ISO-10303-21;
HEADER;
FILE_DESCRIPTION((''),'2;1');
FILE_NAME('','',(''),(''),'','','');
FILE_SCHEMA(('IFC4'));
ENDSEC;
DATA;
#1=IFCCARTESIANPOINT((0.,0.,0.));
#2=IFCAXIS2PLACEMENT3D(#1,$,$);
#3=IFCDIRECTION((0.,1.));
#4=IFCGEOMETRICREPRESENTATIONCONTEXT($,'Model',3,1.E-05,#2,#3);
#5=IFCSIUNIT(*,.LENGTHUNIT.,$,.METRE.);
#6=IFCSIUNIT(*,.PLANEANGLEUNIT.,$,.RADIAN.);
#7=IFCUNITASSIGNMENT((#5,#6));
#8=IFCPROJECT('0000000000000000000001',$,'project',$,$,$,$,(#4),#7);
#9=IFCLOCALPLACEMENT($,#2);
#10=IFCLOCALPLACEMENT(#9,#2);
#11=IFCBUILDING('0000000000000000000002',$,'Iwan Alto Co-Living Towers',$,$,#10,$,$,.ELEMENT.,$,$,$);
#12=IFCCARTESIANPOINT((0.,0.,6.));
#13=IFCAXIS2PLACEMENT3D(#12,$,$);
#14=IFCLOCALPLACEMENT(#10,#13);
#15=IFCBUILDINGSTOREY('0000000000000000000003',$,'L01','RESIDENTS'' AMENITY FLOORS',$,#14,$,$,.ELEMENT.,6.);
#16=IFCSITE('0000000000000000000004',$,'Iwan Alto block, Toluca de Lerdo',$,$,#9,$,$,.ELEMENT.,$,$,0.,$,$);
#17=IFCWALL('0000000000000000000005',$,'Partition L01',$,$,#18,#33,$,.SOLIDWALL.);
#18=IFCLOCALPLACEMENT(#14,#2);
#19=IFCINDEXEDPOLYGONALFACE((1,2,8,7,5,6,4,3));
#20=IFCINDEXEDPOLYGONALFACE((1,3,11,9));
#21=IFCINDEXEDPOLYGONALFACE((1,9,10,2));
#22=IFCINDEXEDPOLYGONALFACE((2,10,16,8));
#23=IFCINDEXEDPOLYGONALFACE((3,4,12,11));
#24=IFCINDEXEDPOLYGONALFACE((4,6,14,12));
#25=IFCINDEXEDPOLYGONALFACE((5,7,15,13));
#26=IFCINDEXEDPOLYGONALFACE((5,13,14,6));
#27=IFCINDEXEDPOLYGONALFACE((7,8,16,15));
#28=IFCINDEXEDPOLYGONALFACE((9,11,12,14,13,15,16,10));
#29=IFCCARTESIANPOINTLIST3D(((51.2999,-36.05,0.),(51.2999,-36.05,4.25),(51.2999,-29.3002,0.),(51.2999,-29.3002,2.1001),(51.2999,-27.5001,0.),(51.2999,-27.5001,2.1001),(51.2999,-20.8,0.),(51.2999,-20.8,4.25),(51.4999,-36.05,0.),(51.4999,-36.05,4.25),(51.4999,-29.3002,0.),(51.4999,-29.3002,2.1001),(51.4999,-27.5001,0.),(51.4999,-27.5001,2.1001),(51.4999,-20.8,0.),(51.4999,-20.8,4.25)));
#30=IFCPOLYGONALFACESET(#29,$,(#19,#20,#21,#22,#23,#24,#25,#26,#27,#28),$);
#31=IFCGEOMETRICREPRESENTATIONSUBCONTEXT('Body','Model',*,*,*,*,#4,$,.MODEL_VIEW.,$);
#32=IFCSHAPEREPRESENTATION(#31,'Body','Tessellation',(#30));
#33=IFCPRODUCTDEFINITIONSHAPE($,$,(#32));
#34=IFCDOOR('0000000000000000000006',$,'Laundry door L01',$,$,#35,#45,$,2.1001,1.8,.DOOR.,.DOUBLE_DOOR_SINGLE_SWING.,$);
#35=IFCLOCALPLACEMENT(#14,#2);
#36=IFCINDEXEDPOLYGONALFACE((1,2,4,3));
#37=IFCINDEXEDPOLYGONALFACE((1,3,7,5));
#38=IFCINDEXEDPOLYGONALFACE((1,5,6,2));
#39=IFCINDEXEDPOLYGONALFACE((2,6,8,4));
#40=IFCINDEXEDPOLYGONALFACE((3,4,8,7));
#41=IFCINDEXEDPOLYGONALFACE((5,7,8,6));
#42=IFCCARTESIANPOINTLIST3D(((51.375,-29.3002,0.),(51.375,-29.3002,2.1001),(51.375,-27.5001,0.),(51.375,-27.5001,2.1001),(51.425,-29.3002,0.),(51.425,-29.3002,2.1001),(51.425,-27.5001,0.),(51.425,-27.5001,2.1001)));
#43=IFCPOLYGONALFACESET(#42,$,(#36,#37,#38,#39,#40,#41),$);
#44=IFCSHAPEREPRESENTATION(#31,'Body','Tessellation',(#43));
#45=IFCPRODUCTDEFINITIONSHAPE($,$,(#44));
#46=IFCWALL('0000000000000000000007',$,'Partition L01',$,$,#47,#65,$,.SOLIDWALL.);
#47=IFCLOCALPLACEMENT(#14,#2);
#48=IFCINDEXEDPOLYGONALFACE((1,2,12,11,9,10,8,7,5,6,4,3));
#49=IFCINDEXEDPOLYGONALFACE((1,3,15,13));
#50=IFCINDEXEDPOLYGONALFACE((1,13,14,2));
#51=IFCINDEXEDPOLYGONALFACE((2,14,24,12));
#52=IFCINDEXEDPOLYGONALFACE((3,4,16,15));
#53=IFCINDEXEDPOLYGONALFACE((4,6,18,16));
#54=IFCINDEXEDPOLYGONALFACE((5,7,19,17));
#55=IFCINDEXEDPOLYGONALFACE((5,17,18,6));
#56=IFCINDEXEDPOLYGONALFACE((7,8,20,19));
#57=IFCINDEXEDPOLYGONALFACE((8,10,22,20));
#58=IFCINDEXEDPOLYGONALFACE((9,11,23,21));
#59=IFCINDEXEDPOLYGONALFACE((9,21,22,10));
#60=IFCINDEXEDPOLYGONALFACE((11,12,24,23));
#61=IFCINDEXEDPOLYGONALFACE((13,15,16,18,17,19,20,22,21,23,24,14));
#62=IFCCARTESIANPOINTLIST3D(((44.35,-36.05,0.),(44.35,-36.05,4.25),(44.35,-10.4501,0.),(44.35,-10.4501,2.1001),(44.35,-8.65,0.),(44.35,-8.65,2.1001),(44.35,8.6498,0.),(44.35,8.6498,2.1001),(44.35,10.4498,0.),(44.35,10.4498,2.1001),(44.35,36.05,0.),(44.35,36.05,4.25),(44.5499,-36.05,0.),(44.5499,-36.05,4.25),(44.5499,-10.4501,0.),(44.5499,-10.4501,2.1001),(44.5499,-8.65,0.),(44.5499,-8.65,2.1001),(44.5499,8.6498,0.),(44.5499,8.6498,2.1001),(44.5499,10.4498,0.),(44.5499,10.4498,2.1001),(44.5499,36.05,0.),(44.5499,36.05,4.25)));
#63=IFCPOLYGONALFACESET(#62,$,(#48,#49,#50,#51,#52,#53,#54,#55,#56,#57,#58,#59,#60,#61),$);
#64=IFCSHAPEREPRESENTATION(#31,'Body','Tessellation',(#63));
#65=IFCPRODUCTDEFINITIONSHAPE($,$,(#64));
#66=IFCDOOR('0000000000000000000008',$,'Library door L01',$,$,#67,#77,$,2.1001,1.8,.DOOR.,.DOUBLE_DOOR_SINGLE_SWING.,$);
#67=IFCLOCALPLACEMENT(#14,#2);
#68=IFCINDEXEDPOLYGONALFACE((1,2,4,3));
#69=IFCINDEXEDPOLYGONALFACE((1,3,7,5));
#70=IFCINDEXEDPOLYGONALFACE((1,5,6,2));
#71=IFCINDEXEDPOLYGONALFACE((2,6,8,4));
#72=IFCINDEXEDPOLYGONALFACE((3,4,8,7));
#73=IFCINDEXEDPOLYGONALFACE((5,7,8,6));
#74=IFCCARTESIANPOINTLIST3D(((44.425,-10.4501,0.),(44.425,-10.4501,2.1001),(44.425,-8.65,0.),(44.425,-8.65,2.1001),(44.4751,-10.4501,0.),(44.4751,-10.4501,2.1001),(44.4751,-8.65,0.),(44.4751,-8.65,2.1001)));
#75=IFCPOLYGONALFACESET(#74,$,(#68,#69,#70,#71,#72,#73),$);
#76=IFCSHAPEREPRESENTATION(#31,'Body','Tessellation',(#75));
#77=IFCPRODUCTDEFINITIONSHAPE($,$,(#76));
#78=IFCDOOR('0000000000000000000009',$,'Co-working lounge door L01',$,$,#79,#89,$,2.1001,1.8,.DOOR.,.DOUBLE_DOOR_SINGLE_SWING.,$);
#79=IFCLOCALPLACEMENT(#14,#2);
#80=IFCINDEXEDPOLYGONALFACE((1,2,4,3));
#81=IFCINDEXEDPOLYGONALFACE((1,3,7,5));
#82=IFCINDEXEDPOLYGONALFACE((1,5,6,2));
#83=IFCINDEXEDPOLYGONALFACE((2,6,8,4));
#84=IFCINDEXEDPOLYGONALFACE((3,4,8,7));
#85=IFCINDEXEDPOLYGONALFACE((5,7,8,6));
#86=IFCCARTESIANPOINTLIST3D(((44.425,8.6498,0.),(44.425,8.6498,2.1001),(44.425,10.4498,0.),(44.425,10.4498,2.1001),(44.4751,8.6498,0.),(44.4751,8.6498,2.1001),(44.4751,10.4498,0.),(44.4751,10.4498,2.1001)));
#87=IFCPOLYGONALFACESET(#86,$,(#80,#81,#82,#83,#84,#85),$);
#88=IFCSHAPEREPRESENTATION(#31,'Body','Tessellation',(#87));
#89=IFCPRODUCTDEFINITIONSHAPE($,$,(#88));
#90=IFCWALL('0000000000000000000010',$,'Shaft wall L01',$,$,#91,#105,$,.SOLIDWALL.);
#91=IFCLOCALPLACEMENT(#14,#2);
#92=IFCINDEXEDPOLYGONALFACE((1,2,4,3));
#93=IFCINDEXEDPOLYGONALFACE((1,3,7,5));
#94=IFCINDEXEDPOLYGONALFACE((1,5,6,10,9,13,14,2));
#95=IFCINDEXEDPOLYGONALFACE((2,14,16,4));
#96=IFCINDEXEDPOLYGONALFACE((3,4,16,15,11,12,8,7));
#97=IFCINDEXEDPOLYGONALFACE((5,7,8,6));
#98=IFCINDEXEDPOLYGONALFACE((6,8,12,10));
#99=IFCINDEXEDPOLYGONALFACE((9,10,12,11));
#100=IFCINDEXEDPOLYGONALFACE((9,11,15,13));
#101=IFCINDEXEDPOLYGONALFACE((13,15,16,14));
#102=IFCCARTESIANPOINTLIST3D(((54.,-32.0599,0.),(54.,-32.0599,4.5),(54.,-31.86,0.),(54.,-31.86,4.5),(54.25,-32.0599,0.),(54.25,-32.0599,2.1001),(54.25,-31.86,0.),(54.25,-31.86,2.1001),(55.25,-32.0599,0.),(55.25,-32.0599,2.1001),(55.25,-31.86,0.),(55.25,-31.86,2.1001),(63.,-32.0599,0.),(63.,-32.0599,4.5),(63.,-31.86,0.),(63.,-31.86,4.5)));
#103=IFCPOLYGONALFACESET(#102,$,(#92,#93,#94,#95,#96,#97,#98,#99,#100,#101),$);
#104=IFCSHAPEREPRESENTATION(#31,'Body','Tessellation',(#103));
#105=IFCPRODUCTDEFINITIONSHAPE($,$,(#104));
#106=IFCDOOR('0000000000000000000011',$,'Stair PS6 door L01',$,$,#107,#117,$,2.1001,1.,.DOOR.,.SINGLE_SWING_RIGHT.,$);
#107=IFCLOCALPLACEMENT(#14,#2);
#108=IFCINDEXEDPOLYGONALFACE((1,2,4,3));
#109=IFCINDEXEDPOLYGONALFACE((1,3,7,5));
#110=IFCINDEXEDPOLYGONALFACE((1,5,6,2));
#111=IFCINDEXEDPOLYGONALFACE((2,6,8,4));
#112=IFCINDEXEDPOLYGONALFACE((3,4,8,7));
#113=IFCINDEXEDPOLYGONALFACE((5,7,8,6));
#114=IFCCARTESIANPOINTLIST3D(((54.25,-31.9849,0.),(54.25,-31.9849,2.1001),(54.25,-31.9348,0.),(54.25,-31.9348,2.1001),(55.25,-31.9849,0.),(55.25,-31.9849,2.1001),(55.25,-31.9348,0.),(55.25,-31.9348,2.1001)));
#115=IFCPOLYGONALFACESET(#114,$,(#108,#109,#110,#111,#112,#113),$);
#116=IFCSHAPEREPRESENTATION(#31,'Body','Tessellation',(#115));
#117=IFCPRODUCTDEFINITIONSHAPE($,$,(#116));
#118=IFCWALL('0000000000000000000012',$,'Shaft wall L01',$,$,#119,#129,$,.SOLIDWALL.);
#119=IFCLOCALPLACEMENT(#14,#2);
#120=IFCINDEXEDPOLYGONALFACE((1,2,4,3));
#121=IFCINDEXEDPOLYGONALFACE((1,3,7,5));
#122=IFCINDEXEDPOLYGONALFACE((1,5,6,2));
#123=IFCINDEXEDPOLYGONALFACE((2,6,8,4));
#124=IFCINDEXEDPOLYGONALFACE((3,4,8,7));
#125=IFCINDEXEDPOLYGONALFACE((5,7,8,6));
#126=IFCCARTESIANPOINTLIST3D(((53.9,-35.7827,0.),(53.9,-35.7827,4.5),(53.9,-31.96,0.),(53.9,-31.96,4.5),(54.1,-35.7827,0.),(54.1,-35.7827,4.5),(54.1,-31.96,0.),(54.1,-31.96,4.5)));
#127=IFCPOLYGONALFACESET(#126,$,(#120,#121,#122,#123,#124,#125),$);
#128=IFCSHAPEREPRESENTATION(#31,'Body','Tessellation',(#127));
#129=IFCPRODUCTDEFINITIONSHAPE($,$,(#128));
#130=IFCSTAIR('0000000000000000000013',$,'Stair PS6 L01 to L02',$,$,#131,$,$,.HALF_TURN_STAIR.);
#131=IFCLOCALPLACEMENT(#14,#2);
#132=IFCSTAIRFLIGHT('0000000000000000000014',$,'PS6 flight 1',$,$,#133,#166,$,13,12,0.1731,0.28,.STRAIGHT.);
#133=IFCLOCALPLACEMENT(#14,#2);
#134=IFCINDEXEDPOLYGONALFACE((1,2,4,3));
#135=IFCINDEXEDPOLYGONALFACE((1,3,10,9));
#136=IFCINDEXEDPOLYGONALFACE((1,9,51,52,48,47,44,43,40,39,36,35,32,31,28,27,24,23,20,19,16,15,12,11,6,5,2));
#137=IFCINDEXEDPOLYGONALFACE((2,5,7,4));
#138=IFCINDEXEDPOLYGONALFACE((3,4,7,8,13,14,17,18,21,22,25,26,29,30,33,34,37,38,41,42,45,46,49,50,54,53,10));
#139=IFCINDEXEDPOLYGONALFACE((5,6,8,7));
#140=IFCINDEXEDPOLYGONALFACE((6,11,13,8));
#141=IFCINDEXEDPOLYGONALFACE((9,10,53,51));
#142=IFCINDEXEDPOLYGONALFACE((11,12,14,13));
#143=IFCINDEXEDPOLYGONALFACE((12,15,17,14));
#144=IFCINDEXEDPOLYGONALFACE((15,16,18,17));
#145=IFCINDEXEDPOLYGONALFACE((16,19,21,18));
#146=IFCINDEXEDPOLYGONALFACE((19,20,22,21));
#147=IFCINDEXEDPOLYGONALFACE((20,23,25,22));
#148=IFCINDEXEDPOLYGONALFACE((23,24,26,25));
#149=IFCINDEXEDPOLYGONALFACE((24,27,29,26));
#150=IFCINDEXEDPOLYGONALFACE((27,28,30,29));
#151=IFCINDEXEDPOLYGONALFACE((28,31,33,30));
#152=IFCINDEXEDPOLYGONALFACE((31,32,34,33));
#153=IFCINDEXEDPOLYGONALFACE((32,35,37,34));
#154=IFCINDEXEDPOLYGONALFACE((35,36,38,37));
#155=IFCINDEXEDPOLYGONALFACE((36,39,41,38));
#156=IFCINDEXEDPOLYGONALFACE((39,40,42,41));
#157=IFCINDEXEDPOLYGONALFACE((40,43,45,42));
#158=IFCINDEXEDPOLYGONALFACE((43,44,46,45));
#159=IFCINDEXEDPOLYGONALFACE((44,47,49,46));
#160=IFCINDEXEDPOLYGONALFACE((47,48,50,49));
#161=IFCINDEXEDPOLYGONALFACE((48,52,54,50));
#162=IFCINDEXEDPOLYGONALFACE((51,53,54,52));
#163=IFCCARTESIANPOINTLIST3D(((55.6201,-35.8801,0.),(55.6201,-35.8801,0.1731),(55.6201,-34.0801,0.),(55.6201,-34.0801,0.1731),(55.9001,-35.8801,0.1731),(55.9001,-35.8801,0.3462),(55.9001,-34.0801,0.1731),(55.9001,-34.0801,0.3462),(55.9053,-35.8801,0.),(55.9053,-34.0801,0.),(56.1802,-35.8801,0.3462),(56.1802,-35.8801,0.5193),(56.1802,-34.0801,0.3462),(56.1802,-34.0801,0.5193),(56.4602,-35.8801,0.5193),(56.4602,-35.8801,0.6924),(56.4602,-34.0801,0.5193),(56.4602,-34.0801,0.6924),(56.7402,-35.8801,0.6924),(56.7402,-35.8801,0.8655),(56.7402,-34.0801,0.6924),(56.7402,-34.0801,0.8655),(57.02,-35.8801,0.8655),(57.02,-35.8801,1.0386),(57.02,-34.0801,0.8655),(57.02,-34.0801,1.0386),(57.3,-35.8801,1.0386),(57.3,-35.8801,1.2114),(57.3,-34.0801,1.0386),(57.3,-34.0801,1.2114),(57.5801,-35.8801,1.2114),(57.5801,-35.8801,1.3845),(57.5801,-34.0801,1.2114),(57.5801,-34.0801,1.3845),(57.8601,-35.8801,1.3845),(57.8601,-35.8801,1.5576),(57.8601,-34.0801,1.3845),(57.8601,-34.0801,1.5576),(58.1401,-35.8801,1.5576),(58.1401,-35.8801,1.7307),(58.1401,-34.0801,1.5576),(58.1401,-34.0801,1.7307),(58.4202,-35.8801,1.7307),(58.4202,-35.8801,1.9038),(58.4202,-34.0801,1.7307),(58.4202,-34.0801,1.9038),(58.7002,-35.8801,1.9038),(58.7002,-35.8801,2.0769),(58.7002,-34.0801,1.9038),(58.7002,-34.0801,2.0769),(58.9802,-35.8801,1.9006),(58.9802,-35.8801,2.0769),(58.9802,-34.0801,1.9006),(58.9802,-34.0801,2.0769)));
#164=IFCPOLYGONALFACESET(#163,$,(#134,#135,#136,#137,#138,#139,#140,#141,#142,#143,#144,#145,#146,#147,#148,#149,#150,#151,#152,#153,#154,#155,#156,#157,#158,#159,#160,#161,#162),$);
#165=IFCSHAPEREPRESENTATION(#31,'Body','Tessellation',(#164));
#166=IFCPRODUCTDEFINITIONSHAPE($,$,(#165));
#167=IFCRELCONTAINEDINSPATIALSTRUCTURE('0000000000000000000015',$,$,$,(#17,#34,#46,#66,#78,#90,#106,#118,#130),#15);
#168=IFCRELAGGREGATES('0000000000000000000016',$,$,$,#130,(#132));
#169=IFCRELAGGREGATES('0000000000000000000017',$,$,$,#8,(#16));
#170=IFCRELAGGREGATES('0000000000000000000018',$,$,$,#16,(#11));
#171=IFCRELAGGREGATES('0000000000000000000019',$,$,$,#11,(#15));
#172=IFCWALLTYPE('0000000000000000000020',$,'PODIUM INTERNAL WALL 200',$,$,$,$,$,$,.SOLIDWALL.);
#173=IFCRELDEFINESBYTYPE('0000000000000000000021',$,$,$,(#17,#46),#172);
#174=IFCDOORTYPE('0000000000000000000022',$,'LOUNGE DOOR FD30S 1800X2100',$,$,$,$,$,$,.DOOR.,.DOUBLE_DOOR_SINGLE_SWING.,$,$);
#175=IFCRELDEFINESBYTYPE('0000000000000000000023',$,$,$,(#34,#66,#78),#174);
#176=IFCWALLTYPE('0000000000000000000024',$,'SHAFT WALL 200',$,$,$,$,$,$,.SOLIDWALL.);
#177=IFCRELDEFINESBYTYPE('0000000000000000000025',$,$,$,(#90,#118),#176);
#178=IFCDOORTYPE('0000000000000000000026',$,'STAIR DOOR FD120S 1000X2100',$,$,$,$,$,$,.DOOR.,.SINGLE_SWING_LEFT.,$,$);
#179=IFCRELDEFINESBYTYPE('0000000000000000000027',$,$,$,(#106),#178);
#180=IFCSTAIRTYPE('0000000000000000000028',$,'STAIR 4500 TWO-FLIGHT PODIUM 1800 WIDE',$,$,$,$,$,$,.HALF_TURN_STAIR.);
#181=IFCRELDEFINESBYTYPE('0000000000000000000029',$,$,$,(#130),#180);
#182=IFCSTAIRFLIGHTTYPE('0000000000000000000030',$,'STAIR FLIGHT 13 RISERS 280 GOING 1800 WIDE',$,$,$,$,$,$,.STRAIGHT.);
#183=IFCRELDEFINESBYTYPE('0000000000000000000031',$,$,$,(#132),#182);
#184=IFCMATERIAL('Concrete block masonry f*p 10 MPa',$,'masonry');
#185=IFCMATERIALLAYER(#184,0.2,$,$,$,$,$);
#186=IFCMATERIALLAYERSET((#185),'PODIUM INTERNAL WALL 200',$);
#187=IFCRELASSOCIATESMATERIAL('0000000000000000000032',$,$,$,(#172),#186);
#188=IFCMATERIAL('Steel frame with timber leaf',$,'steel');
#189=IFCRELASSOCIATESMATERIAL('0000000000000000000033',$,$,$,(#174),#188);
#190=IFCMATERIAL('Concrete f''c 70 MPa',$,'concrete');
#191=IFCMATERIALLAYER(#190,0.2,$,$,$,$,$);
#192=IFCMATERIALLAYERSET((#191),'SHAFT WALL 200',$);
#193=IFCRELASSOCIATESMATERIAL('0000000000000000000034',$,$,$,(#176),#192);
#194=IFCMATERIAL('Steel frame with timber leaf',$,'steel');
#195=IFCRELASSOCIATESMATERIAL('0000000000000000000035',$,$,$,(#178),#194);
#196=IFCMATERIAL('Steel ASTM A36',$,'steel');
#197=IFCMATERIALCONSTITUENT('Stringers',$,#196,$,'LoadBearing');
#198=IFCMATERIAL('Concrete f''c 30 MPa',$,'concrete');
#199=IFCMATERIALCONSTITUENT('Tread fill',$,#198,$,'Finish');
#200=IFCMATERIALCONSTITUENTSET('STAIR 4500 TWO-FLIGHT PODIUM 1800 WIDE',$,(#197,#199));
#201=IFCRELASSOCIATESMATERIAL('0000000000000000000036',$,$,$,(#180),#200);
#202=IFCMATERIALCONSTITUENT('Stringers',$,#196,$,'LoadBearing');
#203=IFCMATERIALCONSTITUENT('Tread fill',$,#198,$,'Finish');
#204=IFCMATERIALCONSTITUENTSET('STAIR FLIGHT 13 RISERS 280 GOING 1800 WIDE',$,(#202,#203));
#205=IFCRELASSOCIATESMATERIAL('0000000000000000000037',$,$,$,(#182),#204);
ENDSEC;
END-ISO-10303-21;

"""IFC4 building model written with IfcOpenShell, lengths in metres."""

from ifc_helpers import new_model, si_unit, direction, frame, frame_2d, origin, place, context, subcontext, project, spatial, polyline, rectangle, outline, extrude, material, layer, layer_set, constituent, constituent_set, type_object, element, fill, aggregate, save


model = new_model("IFC4")

# Units and contexts
model_context = context("Model", 3, precision=1e-05, world=origin(), true_north=direction((0.0, 1.0)))
body_context = subcontext(model_context, "Body", "Model", "MODEL_VIEW")
ifc_project = project(units=[si_unit("LENGTHUNIT", "METRE"), si_unit("PLANEANGLEUNIT", "RADIAN")], contexts=[model_context])

# Site, building, storey
site_placement = place(None, origin())
site = spatial("IfcSite", under=ifc_project, at=site_placement, Name="Iwan Alto block, Toluca de Lerdo", CompositionType="ELEMENT", RefElevation=0.0)
building_placement = place(site_placement, origin())
building = spatial("IfcBuilding", under=site, at=building_placement, Name="Iwan Alto Co-Living Towers", CompositionType="ELEMENT")
storey_placement = place(building_placement, frame((0.0, 0.0, 6.0)))
storey = spatial("IfcBuildingStorey", under=building, at=storey_placement, Name="L01", Description="RESIDENTS' AMENITY FLOORS", CompositionType="ELEMENT", Elevation=6.0)

# Shared definitions
ifc_material_1 = material(Name="Concrete block masonry f*p 10 MPa", Category="masonry")
ifc_layer_1 = layer(ifc_material_1, 0.2)
ifc_layer_set_1 = layer_set([ifc_layer_1], Name="PODIUM INTERNAL WALL 200")
wall_type_1 = type_object("IfcWallType", Name="PODIUM INTERNAL WALL 200", PredefinedType="SOLIDWALL", material=ifc_layer_set_1)

# Wall, opening, door
wall_1_placement = place(storey_placement, frame((51.3999, -36.05, 0.0), z_axis=(0.0, 0.0, 1.0), x_axis=(0.0, 1.0, 0.0)))
wall_1 = element("IfcWall", 1, at=wall_1_placement, inside=storey, type_object=wall_type_1, Name="Partition L01", PredefinedType="SOLIDWALL", context=body_context, shape_type="SweptSolid", body=[
    extrude(rectangle(XDim=15.25, YDim=0.2, at=frame_2d((7.625, 0.0))), origin(), (0.0, 0.0, 1.0), 4.25),
])
opening_1_placement = place(wall_1_placement, frame((6.75, 0.0, 0.0)))
opening_1 = element("IfcOpeningElement", 2, at=opening_1_placement, cuts=wall_1, PredefinedType="OPENING", context=body_context, shape_type="SweptSolid", body=[
    extrude(rectangle(XDim=1.8, YDim=2.1001, at=frame_2d((0.8999, 1.05))), frame((0.0, 0.1099, 0.0), z_axis=(0.0, -1.0, 0.0), x_axis=(1.0, 0.0, 0.0)), (0.0, 0.0, 1.0), 0.22),
])
ifc_material_2 = material(Name="Steel frame with timber leaf", Category="steel")
door_type_1 = type_object("IfcDoorType", Name="LOUNGE DOOR FD30S 1800X2100", OperationType="DOUBLE_DOOR_SINGLE_SWING", PredefinedType="DOOR", material=ifc_material_2)
door_1_placement = place(opening_1_placement, origin())
door_1 = element("IfcDoor", 3, at=door_1_placement, inside=storey, type_object=door_type_1, Name="Laundry door L01", OperationType="DOUBLE_DOOR_SINGLE_SWING", OverallHeight=2.1001, OverallWidth=1.8, PredefinedType="DOOR", context=body_context, shape_type="SweptSolid", body=[
    extrude(rectangle(XDim=1.8, YDim=2.1001, at=frame_2d((0.8999, 1.05))), frame((0.0, 0.0249, 0.0), z_axis=(0.0, -1.0, 0.0), x_axis=(1.0, 0.0, 0.0)), (0.0, 0.0, 1.0), 0.05),
])
fill(opening_1, door_1)

# Wall, openings, doors
wall_2_placement = place(storey_placement, frame((44.45, -36.05, 0.0), z_axis=(0.0, 0.0, 1.0), x_axis=(0.0, 1.0, 0.0)))
wall_2 = element("IfcWall", 4, at=wall_2_placement, inside=storey, type_object=wall_type_1, Name="Partition L01", PredefinedType="SOLIDWALL", context=body_context, shape_type="SweptSolid", body=[
    extrude(rectangle(XDim=72.1001, YDim=0.2, at=frame_2d((36.05, 0.0))), origin(), (0.0, 0.0, 1.0), 4.25),
])
opening_2_placement = place(wall_2_placement, frame((25.6001, 0.0, 0.0)))
opening_2 = element("IfcOpeningElement", 5, at=opening_2_placement, cuts=wall_2, PredefinedType="OPENING", context=body_context, shape_type="SweptSolid", body=[
    extrude(rectangle(XDim=1.8, YDim=2.1001, at=frame_2d((0.8999, 1.05))), frame((0.0, 0.1099, 0.0), z_axis=(0.0, -1.0, 0.0), x_axis=(1.0, 0.0, 0.0)), (0.0, 0.0, 1.0), 0.22),
])
opening_3_placement = place(wall_2_placement, frame((44.7, 0.0, 0.0)))
opening_3 = element("IfcOpeningElement", 6, at=opening_3_placement, cuts=wall_2, PredefinedType="OPENING", context=body_context, shape_type="SweptSolid", body=[
    extrude(rectangle(XDim=1.8, YDim=2.1001, at=frame_2d((0.8999, 1.05))), frame((0.0, 0.1099, 0.0), z_axis=(0.0, -1.0, 0.0), x_axis=(1.0, 0.0, 0.0)), (0.0, 0.0, 1.0), 0.22),
])
door_2_placement = place(opening_2_placement, origin())
door_2 = element("IfcDoor", 7, at=door_2_placement, inside=storey, type_object=door_type_1, Name="Library door L01", OperationType="DOUBLE_DOOR_SINGLE_SWING", OverallHeight=2.1001, OverallWidth=1.8, PredefinedType="DOOR", context=body_context, shape_type="SweptSolid", body=[
    extrude(rectangle(XDim=1.8, YDim=2.1001, at=frame_2d((0.8999, 1.05))), frame((0.0, 0.0249, 0.0), z_axis=(0.0, -1.0, 0.0), x_axis=(1.0, 0.0, 0.0)), (0.0, 0.0, 1.0), 0.05),
])
fill(opening_2, door_2)
door_3_placement = place(opening_3_placement, origin())
door_3 = element("IfcDoor", 8, at=door_3_placement, inside=storey, type_object=door_type_1, Name="Co-working lounge door L01", OperationType="DOUBLE_DOOR_SINGLE_SWING", OverallHeight=2.1001, OverallWidth=1.8, PredefinedType="DOOR", context=body_context, shape_type="SweptSolid", body=[
    extrude(rectangle(XDim=1.8, YDim=2.1001, at=frame_2d((0.8999, 1.05))), frame((0.0, 0.0249, 0.0), z_axis=(0.0, -1.0, 0.0), x_axis=(1.0, 0.0, 0.0)), (0.0, 0.0, 1.0), 0.05),
])
fill(opening_3, door_3)

# Wall, opening, door
ifc_material_3 = material(Name="Concrete f'c 70 MPa", Category="concrete")
ifc_layer_2 = layer(ifc_material_3, 0.2)
ifc_layer_set_2 = layer_set([ifc_layer_2], Name="SHAFT WALL 200")
wall_type_2 = type_object("IfcWallType", Name="SHAFT WALL 200", PredefinedType="SOLIDWALL", material=ifc_layer_set_2)
wall_3_placement = place(storey_placement, frame((54.0, -31.96, 0.0), z_axis=(0.0, 0.0, 1.0), x_axis=(1.0, 0.0, 0.0)))
wall_3 = element("IfcWall", 9, at=wall_3_placement, inside=storey, type_object=wall_type_2, Name="Shaft wall L01", PredefinedType="SOLIDWALL", context=body_context, shape_type="SweptSolid", body=[
    extrude(rectangle(XDim=9.0, YDim=0.2, at=frame_2d((4.5, 0.0))), origin(), (0.0, 0.0, 1.0), 4.5),
])
opening_4_placement = place(wall_3_placement, frame((0.25, 0.0, 0.0)))
opening_4 = element("IfcOpeningElement", 10, at=opening_4_placement, cuts=wall_3, PredefinedType="OPENING", context=body_context, shape_type="SweptSolid", body=[
    extrude(rectangle(XDim=1.0, YDim=2.1001, at=frame_2d((0.5, 1.05))), frame((0.0, 0.1099, 0.0), z_axis=(0.0, -1.0, 0.0), x_axis=(1.0, 0.0, 0.0)), (0.0, 0.0, 1.0), 0.22),
])
ifc_material_4 = material(Name="Steel frame with timber leaf", Category="steel")
door_type_2 = type_object("IfcDoorType", Name="STAIR DOOR FD120S 1000X2100", OperationType="SINGLE_SWING_LEFT", PredefinedType="DOOR", material=ifc_material_4)
door_4_placement = place(opening_4_placement, frame((1.0, 0.0, 0.0), z_axis=(0.0, 0.0, 1.0), x_axis=(-1.0, 0.0, 0.0)))
door_4 = element("IfcDoor", 11, at=door_4_placement, inside=storey, type_object=door_type_2, Name="Stair PS6 door L01", OperationType="SINGLE_SWING_RIGHT", OverallHeight=2.1001, OverallWidth=1.0, PredefinedType="DOOR", context=body_context, shape_type="SweptSolid", body=[
    extrude(rectangle(XDim=1.0, YDim=2.1001, at=frame_2d((0.5, 1.05))), frame((0.0, 0.0249, 0.0), z_axis=(0.0, -1.0, 0.0), x_axis=(1.0, 0.0, 0.0)), (0.0, 0.0, 1.0), 0.05),
])
fill(opening_4, door_4)

# Wall
wall_4_placement = place(storey_placement, frame((54.0, -35.7827, 0.0), z_axis=(0.0, 0.0, 1.0), x_axis=(0.0, 1.0, 0.0)))
element("IfcWall", 12, at=wall_4_placement, inside=storey, type_object=wall_type_2, Name="Shaft wall L01", PredefinedType="SOLIDWALL", context=body_context, shape_type="SweptSolid", body=[
    extrude(rectangle(XDim=3.8228, YDim=0.2, at=frame_2d((1.9114, 0.0))), origin(), (0.0, 0.0, 1.0), 4.5),
])

# Stair, stair flight
ifc_material_5 = material(Name="Steel ASTM A36", Category="steel")
ifc_constituent_1 = constituent(ifc_material_5, Name="Stringers", Category="LoadBearing")
ifc_material_6 = material(Name="Concrete f'c 30 MPa", Category="concrete")
ifc_constituent_2 = constituent(ifc_material_6, Name="Tread fill", Category="Finish")
ifc_constituent_set_1 = constituent_set(constituents=[ifc_constituent_1, ifc_constituent_2], Name="STAIR 4500 TWO-FLIGHT PODIUM 1800 WIDE")
stair_type = type_object("IfcStairType", Name="STAIR 4500 TWO-FLIGHT PODIUM 1800 WIDE", PredefinedType="HALF_TURN_STAIR", material=ifc_constituent_set_1)
stair_placement = place(storey_placement, origin())
stair = element("IfcStair", 13, at=stair_placement, inside=storey, type_object=stair_type, Name="Stair PS6 L01 to L02", PredefinedType="HALF_TURN_STAIR")
ifc_constituent_3 = constituent(ifc_material_5, Name="Stringers", Category="LoadBearing")
ifc_constituent_4 = constituent(ifc_material_6, Name="Tread fill", Category="Finish")
ifc_constituent_set_2 = constituent_set(constituents=[ifc_constituent_3, ifc_constituent_4], Name="STAIR FLIGHT 13 RISERS 280 GOING 1800 WIDE")
stair_flight_type = type_object("IfcStairFlightType", Name="STAIR FLIGHT 13 RISERS 280 GOING 1800 WIDE", PredefinedType="STRAIGHT", material=ifc_constituent_set_2)
stair_flight_placement = place(storey_placement, frame((55.6201, -34.98, 0.0), z_axis=(0.0, 0.0, 1.0), x_axis=(1.0, 0.0, 0.0)))
stair_flight = element("IfcStairFlight", 14, at=stair_flight_placement, type_object=stair_flight_type, Name="PS6 flight 1", NumberOfRisers=13, NumberOfTreads=12, PredefinedType="STRAIGHT", RiserHeight=0.1731, TreadLength=0.28, context=body_context, shape_type="SweptSolid", body=[
    extrude(outline(polyline([(0.0, 0.0), (0.0, 0.1731), (0.28, 0.1731), (0.28, 0.3462), (0.5601, 0.3462), (0.5601, 0.5193), (0.8401, 0.5193), (0.8401, 0.6924), (1.1201, 0.6924), (1.1201, 0.8655), (1.3999, 0.8655), (1.3999, 1.0386), (1.6799, 1.0386), (1.6799, 1.2114), (1.96, 1.2114), (1.96, 1.3845), (2.24, 1.3845), (2.24, 1.5576), (2.52, 1.5576), (2.52, 1.7307), (2.8, 1.7307), (2.8, 1.9038), (3.0801, 1.9038), (3.0801, 2.0769), (3.3601, 2.0769), (3.3601, 2.25), (3.3601, 1.9006), (0.2852, 0.0), (0.0, 0.0)])), frame((0.0, 0.8999, 0.0), z_axis=(0.0, -1.0, 0.0), x_axis=(1.0, 0.0, 0.0)), (0.0, 0.0, 1.0), 1.8),
])
aggregate(stair, [stair_flight])

save(model, "model.ifc")
